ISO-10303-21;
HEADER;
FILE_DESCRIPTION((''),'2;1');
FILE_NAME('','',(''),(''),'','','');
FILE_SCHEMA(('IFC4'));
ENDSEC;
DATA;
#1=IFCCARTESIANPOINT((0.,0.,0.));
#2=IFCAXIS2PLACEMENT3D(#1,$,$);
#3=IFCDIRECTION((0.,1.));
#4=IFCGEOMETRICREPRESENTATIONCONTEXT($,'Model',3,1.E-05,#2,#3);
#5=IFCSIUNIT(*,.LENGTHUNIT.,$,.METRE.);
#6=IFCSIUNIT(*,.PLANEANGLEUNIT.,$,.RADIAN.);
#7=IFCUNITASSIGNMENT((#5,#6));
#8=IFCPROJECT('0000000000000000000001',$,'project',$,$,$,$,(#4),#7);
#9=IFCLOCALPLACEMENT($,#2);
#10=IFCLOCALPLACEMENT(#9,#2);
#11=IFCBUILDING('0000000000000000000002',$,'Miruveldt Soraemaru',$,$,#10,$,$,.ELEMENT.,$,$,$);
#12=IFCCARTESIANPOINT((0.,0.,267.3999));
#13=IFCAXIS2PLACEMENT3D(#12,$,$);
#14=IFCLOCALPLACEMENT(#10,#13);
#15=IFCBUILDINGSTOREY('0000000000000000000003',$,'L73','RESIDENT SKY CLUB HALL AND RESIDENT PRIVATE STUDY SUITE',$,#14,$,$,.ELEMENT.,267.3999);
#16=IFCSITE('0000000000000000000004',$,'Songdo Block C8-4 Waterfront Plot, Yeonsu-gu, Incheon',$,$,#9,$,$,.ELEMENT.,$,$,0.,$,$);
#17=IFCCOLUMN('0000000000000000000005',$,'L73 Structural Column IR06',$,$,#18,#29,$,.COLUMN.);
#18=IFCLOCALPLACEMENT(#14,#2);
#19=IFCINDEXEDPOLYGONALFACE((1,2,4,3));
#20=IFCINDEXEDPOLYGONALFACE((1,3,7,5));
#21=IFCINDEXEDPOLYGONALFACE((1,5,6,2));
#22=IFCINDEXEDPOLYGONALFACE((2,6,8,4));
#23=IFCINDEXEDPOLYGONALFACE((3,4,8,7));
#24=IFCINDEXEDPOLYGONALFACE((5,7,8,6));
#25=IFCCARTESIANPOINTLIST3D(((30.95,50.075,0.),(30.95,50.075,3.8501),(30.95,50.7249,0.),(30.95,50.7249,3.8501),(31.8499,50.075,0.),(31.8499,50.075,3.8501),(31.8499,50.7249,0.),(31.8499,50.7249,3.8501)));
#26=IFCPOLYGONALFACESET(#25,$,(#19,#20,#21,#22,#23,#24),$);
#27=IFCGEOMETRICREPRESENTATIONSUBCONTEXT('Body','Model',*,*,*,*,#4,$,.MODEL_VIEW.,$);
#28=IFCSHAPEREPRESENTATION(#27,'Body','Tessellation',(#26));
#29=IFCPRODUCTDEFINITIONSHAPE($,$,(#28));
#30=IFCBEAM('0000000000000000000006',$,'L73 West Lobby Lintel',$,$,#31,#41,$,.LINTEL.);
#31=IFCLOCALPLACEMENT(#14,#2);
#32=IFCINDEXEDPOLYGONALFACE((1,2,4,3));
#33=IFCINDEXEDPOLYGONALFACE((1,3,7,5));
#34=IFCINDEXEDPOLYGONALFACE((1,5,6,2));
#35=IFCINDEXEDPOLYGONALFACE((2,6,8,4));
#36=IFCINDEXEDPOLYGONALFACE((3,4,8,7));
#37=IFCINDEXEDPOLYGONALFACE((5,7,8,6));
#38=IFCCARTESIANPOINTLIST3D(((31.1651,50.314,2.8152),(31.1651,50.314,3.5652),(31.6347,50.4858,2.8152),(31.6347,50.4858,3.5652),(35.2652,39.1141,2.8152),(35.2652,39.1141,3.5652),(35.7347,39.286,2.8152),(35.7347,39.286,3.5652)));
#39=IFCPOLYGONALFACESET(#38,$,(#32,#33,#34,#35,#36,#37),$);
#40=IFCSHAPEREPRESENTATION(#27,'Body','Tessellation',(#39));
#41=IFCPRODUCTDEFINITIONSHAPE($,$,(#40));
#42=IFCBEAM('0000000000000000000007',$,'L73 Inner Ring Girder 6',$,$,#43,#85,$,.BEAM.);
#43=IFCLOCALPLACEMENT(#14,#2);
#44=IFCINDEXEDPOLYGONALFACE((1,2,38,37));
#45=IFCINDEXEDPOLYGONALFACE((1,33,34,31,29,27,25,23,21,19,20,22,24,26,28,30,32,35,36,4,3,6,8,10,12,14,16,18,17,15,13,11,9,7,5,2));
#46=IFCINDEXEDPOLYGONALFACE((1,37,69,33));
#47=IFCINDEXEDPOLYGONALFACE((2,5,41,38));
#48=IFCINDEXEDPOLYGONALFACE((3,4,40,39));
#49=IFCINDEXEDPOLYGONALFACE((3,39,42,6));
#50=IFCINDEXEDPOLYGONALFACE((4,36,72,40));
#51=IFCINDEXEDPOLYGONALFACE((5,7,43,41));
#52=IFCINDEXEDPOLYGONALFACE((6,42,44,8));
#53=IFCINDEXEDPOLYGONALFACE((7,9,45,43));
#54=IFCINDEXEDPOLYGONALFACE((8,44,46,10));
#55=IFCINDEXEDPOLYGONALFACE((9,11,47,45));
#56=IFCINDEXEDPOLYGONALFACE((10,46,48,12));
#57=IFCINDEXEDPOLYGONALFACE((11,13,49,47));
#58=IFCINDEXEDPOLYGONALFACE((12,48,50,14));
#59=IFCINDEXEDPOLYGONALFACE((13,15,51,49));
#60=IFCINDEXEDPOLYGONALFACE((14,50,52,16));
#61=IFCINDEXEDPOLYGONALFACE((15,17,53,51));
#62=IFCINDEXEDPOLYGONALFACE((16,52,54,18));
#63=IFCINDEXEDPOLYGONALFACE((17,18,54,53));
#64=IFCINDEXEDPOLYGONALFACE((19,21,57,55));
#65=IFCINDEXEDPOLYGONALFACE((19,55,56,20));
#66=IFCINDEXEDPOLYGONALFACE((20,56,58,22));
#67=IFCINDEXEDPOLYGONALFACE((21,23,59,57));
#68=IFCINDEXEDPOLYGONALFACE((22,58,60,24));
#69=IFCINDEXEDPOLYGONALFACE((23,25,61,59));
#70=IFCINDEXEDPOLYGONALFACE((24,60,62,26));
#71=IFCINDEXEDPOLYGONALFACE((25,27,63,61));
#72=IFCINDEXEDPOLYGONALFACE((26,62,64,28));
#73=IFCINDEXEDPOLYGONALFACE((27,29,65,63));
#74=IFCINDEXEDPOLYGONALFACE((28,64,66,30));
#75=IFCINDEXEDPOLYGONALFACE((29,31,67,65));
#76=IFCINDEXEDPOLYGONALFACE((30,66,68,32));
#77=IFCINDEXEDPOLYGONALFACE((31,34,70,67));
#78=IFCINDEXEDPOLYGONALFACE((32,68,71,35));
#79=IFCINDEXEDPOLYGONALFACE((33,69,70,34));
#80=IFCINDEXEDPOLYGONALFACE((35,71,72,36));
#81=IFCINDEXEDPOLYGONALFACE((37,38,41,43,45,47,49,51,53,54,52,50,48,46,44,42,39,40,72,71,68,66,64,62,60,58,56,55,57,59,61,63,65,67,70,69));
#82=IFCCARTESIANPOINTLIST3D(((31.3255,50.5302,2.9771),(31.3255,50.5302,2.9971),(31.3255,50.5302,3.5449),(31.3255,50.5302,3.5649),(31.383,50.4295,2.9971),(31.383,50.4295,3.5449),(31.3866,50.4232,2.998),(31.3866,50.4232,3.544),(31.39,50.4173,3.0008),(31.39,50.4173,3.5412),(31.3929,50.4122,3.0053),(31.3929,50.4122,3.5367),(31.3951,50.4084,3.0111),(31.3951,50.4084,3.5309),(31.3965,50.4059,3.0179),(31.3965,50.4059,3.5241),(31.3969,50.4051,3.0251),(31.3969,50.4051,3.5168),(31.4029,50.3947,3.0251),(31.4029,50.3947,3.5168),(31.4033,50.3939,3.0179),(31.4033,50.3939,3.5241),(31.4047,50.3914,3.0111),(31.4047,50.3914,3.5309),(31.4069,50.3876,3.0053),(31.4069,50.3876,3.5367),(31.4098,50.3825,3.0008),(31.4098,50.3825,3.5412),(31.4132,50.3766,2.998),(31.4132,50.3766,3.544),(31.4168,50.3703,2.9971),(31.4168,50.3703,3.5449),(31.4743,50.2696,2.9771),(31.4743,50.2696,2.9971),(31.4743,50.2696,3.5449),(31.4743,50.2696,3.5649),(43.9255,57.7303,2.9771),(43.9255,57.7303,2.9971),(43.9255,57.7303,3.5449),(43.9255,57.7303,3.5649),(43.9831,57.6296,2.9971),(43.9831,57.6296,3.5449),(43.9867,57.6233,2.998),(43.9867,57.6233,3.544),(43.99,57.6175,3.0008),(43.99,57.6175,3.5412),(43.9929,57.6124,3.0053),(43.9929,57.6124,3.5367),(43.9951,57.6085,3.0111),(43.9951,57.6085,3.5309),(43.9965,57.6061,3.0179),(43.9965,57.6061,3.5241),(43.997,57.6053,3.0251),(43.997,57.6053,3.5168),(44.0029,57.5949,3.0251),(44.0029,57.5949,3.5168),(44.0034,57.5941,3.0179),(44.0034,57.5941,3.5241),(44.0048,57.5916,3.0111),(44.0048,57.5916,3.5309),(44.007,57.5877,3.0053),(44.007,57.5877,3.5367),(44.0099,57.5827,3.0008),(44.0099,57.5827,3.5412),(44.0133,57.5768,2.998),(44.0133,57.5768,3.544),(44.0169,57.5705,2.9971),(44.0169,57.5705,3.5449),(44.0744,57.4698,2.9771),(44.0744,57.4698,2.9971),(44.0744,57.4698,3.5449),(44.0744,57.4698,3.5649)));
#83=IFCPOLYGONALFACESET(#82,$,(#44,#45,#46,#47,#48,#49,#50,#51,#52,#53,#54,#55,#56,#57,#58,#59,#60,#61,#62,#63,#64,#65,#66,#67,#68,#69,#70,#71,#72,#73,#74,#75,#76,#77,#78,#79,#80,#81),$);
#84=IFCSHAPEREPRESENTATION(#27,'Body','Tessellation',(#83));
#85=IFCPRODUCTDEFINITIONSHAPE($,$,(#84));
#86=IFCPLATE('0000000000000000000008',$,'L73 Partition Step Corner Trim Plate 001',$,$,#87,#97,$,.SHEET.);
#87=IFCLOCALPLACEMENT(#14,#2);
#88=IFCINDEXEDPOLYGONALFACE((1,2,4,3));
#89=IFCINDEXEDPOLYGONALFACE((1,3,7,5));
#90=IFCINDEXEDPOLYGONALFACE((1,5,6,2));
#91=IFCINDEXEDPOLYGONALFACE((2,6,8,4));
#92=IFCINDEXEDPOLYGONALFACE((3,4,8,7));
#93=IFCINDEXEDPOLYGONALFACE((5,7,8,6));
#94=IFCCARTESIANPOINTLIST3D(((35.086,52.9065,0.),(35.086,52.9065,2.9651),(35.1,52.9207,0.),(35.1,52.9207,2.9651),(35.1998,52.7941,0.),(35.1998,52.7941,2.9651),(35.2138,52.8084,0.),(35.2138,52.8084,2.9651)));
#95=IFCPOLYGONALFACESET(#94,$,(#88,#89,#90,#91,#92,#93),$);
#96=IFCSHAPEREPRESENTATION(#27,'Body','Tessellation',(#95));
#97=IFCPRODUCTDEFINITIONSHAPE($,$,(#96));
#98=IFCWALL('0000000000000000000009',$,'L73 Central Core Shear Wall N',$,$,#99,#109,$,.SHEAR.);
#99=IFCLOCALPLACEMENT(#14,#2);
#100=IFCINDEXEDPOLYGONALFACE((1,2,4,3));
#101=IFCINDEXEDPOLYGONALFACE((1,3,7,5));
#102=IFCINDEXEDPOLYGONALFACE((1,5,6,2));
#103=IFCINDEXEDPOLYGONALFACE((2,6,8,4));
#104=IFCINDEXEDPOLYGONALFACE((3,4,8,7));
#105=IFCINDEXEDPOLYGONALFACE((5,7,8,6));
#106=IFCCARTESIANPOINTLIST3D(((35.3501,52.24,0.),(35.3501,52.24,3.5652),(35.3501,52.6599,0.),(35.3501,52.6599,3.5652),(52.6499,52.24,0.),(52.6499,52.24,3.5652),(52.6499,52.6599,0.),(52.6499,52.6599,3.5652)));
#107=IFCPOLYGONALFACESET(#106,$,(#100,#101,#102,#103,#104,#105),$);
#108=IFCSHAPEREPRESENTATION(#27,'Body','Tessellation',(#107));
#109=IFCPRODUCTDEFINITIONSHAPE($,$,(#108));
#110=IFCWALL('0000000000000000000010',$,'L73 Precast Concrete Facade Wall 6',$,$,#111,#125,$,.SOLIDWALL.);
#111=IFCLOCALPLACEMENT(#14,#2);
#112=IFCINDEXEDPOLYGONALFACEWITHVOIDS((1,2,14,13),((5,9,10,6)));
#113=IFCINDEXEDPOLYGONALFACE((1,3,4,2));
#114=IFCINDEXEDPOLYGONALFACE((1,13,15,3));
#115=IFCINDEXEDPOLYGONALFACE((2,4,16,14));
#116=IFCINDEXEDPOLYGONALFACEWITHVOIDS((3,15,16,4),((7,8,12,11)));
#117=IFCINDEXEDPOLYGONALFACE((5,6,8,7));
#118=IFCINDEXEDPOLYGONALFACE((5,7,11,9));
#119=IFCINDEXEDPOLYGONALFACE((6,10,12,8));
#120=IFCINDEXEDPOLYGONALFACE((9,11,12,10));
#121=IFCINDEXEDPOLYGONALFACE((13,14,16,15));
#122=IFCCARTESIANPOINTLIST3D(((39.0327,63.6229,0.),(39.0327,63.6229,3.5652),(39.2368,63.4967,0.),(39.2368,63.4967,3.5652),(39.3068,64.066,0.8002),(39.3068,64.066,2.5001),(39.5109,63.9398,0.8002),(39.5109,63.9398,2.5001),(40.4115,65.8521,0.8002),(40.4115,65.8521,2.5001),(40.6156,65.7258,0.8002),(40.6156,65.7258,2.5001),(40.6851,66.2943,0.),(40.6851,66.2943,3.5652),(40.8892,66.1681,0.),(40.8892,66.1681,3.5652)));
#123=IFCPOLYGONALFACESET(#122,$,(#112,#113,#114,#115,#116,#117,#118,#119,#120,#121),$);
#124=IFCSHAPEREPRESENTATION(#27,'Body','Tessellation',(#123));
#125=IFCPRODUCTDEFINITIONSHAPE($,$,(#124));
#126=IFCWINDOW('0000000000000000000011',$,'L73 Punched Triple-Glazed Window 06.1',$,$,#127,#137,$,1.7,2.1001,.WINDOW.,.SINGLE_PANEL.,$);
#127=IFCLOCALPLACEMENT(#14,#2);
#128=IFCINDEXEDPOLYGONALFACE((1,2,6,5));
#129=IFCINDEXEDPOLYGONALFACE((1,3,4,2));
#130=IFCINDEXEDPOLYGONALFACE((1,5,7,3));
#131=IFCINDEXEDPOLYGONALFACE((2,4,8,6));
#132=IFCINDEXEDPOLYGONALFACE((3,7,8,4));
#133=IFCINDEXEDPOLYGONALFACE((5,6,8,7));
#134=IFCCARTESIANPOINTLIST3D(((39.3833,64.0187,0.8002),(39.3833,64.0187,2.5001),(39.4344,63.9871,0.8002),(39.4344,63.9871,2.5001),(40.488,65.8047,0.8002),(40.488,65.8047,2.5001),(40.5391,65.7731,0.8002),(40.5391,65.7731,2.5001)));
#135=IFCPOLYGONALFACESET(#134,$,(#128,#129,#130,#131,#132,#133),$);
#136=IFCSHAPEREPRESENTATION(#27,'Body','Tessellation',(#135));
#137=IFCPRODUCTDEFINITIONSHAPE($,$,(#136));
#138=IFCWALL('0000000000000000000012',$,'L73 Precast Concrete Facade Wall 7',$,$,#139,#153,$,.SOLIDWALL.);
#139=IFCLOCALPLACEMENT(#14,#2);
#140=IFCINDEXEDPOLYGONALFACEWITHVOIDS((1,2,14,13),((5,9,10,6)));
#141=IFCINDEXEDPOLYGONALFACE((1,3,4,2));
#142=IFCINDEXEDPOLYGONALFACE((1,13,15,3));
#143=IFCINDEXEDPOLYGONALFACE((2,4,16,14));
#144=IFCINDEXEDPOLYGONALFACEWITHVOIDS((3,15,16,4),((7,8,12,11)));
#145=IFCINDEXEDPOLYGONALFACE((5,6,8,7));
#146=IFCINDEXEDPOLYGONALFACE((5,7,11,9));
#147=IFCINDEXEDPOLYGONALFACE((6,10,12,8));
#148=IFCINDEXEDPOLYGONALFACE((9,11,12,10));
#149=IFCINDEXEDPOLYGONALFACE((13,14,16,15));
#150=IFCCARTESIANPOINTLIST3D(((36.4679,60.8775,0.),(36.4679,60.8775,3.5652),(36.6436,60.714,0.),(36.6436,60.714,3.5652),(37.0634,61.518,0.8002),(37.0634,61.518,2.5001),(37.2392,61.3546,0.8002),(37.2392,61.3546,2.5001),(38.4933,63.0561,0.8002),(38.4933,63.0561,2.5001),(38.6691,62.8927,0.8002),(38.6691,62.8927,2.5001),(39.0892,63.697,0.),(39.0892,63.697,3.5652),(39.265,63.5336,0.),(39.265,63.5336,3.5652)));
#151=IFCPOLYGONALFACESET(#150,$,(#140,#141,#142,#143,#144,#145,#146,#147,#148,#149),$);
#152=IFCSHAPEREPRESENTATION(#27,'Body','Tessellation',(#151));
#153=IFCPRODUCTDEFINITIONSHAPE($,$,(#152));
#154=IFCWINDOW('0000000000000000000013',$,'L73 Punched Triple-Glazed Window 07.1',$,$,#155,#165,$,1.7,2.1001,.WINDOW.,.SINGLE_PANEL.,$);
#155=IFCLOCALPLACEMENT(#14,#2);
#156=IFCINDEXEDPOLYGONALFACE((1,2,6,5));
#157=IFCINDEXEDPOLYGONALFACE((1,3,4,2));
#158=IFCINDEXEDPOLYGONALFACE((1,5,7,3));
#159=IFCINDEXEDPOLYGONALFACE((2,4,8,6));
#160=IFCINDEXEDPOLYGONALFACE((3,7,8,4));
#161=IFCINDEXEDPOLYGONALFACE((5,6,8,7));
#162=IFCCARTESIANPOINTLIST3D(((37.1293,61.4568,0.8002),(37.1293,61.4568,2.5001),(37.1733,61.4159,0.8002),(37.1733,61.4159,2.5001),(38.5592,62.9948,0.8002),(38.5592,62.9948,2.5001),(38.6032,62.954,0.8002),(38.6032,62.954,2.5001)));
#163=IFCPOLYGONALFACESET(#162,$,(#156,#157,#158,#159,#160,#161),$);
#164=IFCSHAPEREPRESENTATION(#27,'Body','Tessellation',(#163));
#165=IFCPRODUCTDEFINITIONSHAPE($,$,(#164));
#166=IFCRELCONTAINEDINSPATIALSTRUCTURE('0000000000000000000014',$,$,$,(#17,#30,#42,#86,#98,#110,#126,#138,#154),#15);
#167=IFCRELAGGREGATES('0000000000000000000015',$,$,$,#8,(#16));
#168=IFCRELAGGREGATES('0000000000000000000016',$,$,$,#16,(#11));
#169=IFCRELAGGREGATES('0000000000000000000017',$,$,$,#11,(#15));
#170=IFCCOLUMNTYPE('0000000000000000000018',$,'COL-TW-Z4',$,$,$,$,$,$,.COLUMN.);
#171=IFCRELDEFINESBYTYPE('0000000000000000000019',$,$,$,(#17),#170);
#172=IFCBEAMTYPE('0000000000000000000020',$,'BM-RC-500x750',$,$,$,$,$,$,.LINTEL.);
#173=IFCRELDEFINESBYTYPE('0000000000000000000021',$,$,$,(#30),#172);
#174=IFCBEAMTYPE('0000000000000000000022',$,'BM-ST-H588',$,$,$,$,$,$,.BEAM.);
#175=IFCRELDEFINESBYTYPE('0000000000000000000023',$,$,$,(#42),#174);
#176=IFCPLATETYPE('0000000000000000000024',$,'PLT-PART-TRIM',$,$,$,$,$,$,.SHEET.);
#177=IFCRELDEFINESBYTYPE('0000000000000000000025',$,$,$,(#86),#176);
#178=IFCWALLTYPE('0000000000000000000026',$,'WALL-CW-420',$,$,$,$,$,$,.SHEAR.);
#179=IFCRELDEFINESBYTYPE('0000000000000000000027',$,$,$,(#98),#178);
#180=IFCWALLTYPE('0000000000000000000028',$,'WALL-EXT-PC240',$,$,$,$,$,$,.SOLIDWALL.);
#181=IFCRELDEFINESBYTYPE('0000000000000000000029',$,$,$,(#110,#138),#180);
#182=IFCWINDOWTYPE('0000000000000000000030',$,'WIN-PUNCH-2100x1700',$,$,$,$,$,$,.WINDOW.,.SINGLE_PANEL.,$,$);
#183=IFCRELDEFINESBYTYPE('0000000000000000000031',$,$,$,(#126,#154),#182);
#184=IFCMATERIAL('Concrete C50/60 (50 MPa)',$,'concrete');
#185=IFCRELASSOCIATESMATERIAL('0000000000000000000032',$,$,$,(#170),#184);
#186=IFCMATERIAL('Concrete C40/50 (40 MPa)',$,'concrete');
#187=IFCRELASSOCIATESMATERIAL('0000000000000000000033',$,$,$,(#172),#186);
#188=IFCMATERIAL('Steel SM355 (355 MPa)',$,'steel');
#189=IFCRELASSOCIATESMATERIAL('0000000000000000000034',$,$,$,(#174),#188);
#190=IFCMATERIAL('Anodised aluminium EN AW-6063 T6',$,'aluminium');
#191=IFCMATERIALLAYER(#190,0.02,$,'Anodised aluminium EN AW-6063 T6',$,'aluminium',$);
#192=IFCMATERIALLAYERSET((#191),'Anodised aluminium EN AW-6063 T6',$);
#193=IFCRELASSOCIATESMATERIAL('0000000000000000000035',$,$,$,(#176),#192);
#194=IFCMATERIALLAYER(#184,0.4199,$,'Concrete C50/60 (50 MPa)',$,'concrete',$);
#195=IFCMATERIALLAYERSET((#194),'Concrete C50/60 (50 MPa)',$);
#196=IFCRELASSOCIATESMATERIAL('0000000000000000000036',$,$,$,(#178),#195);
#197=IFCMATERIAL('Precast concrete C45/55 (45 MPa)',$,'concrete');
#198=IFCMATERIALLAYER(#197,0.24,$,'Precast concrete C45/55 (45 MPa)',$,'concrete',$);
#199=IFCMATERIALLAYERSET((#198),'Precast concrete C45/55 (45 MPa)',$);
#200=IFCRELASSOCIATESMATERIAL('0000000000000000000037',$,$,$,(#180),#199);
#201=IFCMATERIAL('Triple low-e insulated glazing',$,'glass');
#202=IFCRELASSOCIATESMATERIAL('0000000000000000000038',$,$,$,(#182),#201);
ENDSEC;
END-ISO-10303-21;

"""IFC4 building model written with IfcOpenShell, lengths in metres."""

from ifc_helpers import new_model, si_unit, direction, frame, frame_2d, origin, origin_2d, place, context, subcontext, project, spatial, rectangle, i_section, extrude, material, layer, layer_set, material_profile, profile_set, type_object, element, fill, save


model = new_model("IFC4")

# Units and contexts
model_context = context("Model", 3, precision=1e-05, world=origin(), true_north=direction((0.0, 1.0)))
body_context = subcontext(model_context, "Body", "Model", "MODEL_VIEW")
ifc_project = project(units=[si_unit("LENGTHUNIT", "METRE"), si_unit("PLANEANGLEUNIT", "RADIAN")], contexts=[model_context])

# Site, building, storey
site_placement = place(None, origin())
site = spatial("IfcSite", under=ifc_project, at=site_placement, Name="Songdo Block C8-4 Waterfront Plot, Yeonsu-gu, Incheon", CompositionType="ELEMENT", RefElevation=0.0)
building_placement = place(site_placement, origin())
building = spatial("IfcBuilding", under=site, at=building_placement, Name="Miruveldt Soraemaru", CompositionType="ELEMENT")
storey_placement = place(building_placement, frame((0.0, 0.0, 267.3999)))
storey = spatial("IfcBuildingStorey", under=building, at=storey_placement, Name="L73", Description="RESIDENT SKY CLUB HALL AND RESIDENT PRIVATE STUDY SUITE", CompositionType="ELEMENT", Elevation=267.3999)

# Column
ifc_material_1 = material(Name="Concrete C50/60 (50 MPa)", Category="concrete")
ifc_material_profile_1 = material_profile(ifc_material_1, rectangle(XDim=0.8999, YDim=0.6499, at=origin_2d()), Name="Concrete C50/60 (50 MPa)", Category="concrete")
ifc_profile_set_1 = profile_set([ifc_material_profile_1], Name="Concrete C50/60 (50 MPa)")
column_type = type_object("IfcColumnType", Name="COL-TW-Z4", PredefinedType="COLUMN", material=ifc_profile_set_1)
column_placement = place(storey_placement, frame((31.3999, 50.3999, 0.0), z_axis=(0.0, 0.0, 1.0), x_axis=(1.0, 0.0, 0.0)))
element("IfcColumn", 1, at=column_placement, inside=storey, type_object=column_type, Name="L73 Structural Column IR06", PredefinedType="COLUMN", context=body_context, shape_type="SweptSolid", body=[
    extrude(rectangle(XDim=0.8999, YDim=0.6499, at=origin_2d()), origin(), (0.0, 0.0, 1.0), 3.8501),
])

# Beams
ifc_material_2 = material(Name="Concrete C40/50 (40 MPa)", Category="concrete")
ifc_material_profile_2 = material_profile(ifc_material_2, rectangle(XDim=0.5, YDim=0.75, at=origin_2d()), Name="Concrete C40/50 (40 MPa)", Category="concrete")
ifc_profile_set_2 = profile_set([ifc_material_profile_2], Name="Concrete C40/50 (40 MPa)")
beam_type_1 = type_object("IfcBeamType", Name="BM-RC-500x750", PredefinedType="LINTEL", material=ifc_profile_set_2)
beam_1_placement = place(storey_placement, frame((31.3999, 50.3999, 3.1902), z_axis=(0.34377, -0.939054, 0.0), x_axis=(0.939054, 0.34377, 0.0)))
element("IfcBeam", 2, at=beam_1_placement, inside=storey, type_object=beam_type_1, Name="L73 West Lobby Lintel", PredefinedType="LINTEL", context=body_context, shape_type="SweptSolid", body=[
    extrude(rectangle(XDim=0.5, YDim=0.75, at=origin_2d()), origin(), (0.0, 0.0, 1.0), 11.9268),
])
ifc_material_3 = material(Name="Steel SM355 (355 MPa)", Category="steel")
ifc_material_profile_3 = material_profile(ifc_material_3, i_section(OverallWidth=0.3, OverallDepth=0.5879, WebThickness=0.012, FlangeThickness=0.02, FilletRadius=0.0281, at=origin_2d()), Name="Steel SM355 (355 MPa)", Category="steel")
ifc_profile_set_3 = profile_set([ifc_material_profile_3], Name="Steel SM355 (355 MPa)")
beam_type_2 = type_object("IfcBeamType", Name="BM-ST-H588", PredefinedType="BEAM", material=ifc_profile_set_3)
beam_2_placement = place(storey_placement, frame((31.3999, 50.3999, 3.271), z_axis=(0.868239, 0.496146, 0.0), x_axis=(-0.496146, 0.868239, 0.0)))
element("IfcBeam", 3, at=beam_2_placement, inside=storey, type_object=beam_type_2, Name="L73 Inner Ring Girder 6", PredefinedType="BEAM", context=body_context, shape_type="SweptSolid", body=[
    extrude(i_section(OverallWidth=0.3, OverallDepth=0.5879, WebThickness=0.012, FlangeThickness=0.02, FilletRadius=0.0281, at=origin_2d()), origin(), (0.0, 0.0, 1.0), 14.5122),
])

# Plate
ifc_material_4 = material(Name="Anodised aluminium EN AW-6063 T6", Category="aluminium")
ifc_layer_1 = layer(ifc_material_4, 0.02, Name="Anodised aluminium EN AW-6063 T6", Category="aluminium")
ifc_layer_set_1 = layer_set([ifc_layer_1], Name="Anodised aluminium EN AW-6063 T6")
plate_type = type_object("IfcPlateType", Name="PLT-PART-TRIM", PredefinedType="SHEET", material=ifc_layer_set_1)
plate_placement = place(storey_placement, frame((35.1499, 52.8574, 0.0), z_axis=(0.0, 0.0, 1.0), x_axis=(0.711536, -0.70265, 0.0)))
element("IfcPlate", 4, at=plate_placement, inside=storey, type_object=plate_type, Name="L73 Partition Step Corner Trim Plate 001", PredefinedType="SHEET", context=body_context, shape_type="SweptSolid", body=[
    extrude(rectangle(XDim=0.1599, YDim=0.02, at=origin_2d()), origin(), (0.0, 0.0, 1.0), 2.9651),
])

# Wall
ifc_layer_2 = layer(ifc_material_1, 0.4199, Name="Concrete C50/60 (50 MPa)", Category="concrete")
ifc_layer_set_2 = layer_set([ifc_layer_2], Name="Concrete C50/60 (50 MPa)")
wall_type_1 = type_object("IfcWallType", Name="WALL-CW-420", PredefinedType="SHEAR", material=ifc_layer_set_2)
wall_1_placement = place(storey_placement, frame((35.3501, 52.45, 0.0), z_axis=(0.0, 0.0, 1.0), x_axis=(1.0, 0.0, 0.0)))
element("IfcWall", 5, at=wall_1_placement, inside=storey, type_object=wall_type_1, Name="L73 Central Core Shear Wall N", PredefinedType="SHEAR", context=body_context, shape_type="SweptSolid", body=[
    extrude(rectangle(XDim=17.2998, YDim=0.4199, at=frame_2d((8.6499, 0.0))), origin(), (0.0, 0.0, 1.0), 3.5652),
])

# Walls, openings, windows
ifc_material_5 = material(Name="Precast concrete C45/55 (45 MPa)", Category="concrete")
ifc_layer_3 = layer(ifc_material_5, 0.24, Name="Precast concrete C45/55 (45 MPa)", Category="concrete")
ifc_layer_set_3 = layer_set([ifc_layer_3], Name="Precast concrete C45/55 (45 MPa)")
wall_type_2 = type_object("IfcWallType", Name="WALL-EXT-PC240", PredefinedType="SOLIDWALL", material=ifc_layer_set_3)
wall_2_placement = place(storey_placement, frame((40.7871, 66.2312, 0.0), z_axis=(0.0, 0.0, 1.0), x_axis=(-0.526039, -0.850461, 0.0)))
wall_2 = element("IfcWall", 6, at=wall_2_placement, inside=storey, type_object=wall_type_2, Name="L73 Precast Concrete Facade Wall 6", PredefinedType="SOLIDWALL", context=body_context, shape_type="SweptSolid", body=[
    extrude(rectangle(XDim=3.1411, YDim=0.24, at=frame_2d((1.5706, 0.0))), origin(), (0.0, 0.0, 1.0), 3.5652),
])
opening_1_placement = place(wall_2_placement, frame((0.52, 0.0, 0.8)))
opening_1 = element("IfcOpeningElement", 7, at=opening_1_placement, cuts=wall_2, PredefinedType="OPENING", context=body_context, shape_type="SweptSolid", body=[
    extrude(rectangle(XDim=2.1001, YDim=1.7, at=frame_2d((1.05, 0.8501))), frame((0.0, 0.1299, 0.0), z_axis=(0.0, -1.0, 0.0), x_axis=(1.0, 0.0, 0.0)), (0.0, 0.0, 1.0), 0.26),
])
ifc_material_6 = material(Name="Triple low-e insulated glazing", Category="glass")
window_type_1 = type_object("IfcWindowType", Name="WIN-PUNCH-2100x1700", PartitioningType="SINGLE_PANEL", PredefinedType="WINDOW", material=ifc_material_6)
window_1_placement = place(opening_1_placement, origin())
window_1 = element("IfcWindow", 8, at=window_1_placement, inside=storey, type_object=window_type_1, Name="L73 Punched Triple-Glazed Window 06.1", OverallHeight=1.7, OverallWidth=2.1001, PartitioningType="SINGLE_PANEL", PredefinedType="WINDOW", context=body_context, shape_type="SweptSolid", body=[
    extrude(rectangle(XDim=2.1001, YDim=1.7, at=frame_2d((1.05, 0.8501))), frame((0.0, 0.03, 0.0), z_axis=(0.0, -1.0, 0.0), x_axis=(1.0, 0.0, 0.0)), (0.0, 0.0, 1.0), 0.0601),
])
fill(opening_1, window_1)
wall_3_placement = place(storey_placement, frame((39.177, 63.6152, 0.0), z_axis=(0.0, 0.0, 1.0), x_axis=(-0.680891, -0.732385, 0.0)))
wall_3 = element("IfcWall", 9, at=wall_3_placement, inside=storey, type_object=wall_type_2, Name="L73 Precast Concrete Facade Wall 7", PredefinedType="SOLIDWALL", context=body_context, shape_type="SweptSolid", body=[
    extrude(rectangle(XDim=3.8499, YDim=0.24, at=frame_2d((1.9248, 0.0))), origin(), (0.0, 0.0, 1.0), 3.5652),
])
opening_2_placement = place(wall_3_placement, frame((0.875, 0.0, 0.8)))
opening_2 = element("IfcOpeningElement", 10, at=opening_2_placement, cuts=wall_3, PredefinedType="OPENING", context=body_context, shape_type="SweptSolid", body=[
    extrude(rectangle(XDim=2.1001, YDim=1.7, at=frame_2d((1.05, 0.8501))), frame((0.0, 0.1299, 0.0), z_axis=(0.0, -1.0, 0.0), x_axis=(1.0, 0.0, 0.0)), (0.0, 0.0, 1.0), 0.26),
])
window_2_placement = place(opening_2_placement, origin())
window_2 = element("IfcWindow", 11, at=window_2_placement, inside=storey, type_object=window_type_1, Name="L73 Punched Triple-Glazed Window 07.1", OverallHeight=1.7, OverallWidth=2.1001, PartitioningType="SINGLE_PANEL", PredefinedType="WINDOW", context=body_context, shape_type="SweptSolid", body=[
    extrude(rectangle(XDim=2.1001, YDim=1.7, at=frame_2d((1.05, 0.8501))), frame((0.0, 0.03, 0.0), z_axis=(0.0, -1.0, 0.0), x_axis=(1.0, 0.0, 0.0)), (0.0, 0.0, 1.0), 0.0601),
])
fill(opening_2, window_2)

save(model, "model.ifc")
